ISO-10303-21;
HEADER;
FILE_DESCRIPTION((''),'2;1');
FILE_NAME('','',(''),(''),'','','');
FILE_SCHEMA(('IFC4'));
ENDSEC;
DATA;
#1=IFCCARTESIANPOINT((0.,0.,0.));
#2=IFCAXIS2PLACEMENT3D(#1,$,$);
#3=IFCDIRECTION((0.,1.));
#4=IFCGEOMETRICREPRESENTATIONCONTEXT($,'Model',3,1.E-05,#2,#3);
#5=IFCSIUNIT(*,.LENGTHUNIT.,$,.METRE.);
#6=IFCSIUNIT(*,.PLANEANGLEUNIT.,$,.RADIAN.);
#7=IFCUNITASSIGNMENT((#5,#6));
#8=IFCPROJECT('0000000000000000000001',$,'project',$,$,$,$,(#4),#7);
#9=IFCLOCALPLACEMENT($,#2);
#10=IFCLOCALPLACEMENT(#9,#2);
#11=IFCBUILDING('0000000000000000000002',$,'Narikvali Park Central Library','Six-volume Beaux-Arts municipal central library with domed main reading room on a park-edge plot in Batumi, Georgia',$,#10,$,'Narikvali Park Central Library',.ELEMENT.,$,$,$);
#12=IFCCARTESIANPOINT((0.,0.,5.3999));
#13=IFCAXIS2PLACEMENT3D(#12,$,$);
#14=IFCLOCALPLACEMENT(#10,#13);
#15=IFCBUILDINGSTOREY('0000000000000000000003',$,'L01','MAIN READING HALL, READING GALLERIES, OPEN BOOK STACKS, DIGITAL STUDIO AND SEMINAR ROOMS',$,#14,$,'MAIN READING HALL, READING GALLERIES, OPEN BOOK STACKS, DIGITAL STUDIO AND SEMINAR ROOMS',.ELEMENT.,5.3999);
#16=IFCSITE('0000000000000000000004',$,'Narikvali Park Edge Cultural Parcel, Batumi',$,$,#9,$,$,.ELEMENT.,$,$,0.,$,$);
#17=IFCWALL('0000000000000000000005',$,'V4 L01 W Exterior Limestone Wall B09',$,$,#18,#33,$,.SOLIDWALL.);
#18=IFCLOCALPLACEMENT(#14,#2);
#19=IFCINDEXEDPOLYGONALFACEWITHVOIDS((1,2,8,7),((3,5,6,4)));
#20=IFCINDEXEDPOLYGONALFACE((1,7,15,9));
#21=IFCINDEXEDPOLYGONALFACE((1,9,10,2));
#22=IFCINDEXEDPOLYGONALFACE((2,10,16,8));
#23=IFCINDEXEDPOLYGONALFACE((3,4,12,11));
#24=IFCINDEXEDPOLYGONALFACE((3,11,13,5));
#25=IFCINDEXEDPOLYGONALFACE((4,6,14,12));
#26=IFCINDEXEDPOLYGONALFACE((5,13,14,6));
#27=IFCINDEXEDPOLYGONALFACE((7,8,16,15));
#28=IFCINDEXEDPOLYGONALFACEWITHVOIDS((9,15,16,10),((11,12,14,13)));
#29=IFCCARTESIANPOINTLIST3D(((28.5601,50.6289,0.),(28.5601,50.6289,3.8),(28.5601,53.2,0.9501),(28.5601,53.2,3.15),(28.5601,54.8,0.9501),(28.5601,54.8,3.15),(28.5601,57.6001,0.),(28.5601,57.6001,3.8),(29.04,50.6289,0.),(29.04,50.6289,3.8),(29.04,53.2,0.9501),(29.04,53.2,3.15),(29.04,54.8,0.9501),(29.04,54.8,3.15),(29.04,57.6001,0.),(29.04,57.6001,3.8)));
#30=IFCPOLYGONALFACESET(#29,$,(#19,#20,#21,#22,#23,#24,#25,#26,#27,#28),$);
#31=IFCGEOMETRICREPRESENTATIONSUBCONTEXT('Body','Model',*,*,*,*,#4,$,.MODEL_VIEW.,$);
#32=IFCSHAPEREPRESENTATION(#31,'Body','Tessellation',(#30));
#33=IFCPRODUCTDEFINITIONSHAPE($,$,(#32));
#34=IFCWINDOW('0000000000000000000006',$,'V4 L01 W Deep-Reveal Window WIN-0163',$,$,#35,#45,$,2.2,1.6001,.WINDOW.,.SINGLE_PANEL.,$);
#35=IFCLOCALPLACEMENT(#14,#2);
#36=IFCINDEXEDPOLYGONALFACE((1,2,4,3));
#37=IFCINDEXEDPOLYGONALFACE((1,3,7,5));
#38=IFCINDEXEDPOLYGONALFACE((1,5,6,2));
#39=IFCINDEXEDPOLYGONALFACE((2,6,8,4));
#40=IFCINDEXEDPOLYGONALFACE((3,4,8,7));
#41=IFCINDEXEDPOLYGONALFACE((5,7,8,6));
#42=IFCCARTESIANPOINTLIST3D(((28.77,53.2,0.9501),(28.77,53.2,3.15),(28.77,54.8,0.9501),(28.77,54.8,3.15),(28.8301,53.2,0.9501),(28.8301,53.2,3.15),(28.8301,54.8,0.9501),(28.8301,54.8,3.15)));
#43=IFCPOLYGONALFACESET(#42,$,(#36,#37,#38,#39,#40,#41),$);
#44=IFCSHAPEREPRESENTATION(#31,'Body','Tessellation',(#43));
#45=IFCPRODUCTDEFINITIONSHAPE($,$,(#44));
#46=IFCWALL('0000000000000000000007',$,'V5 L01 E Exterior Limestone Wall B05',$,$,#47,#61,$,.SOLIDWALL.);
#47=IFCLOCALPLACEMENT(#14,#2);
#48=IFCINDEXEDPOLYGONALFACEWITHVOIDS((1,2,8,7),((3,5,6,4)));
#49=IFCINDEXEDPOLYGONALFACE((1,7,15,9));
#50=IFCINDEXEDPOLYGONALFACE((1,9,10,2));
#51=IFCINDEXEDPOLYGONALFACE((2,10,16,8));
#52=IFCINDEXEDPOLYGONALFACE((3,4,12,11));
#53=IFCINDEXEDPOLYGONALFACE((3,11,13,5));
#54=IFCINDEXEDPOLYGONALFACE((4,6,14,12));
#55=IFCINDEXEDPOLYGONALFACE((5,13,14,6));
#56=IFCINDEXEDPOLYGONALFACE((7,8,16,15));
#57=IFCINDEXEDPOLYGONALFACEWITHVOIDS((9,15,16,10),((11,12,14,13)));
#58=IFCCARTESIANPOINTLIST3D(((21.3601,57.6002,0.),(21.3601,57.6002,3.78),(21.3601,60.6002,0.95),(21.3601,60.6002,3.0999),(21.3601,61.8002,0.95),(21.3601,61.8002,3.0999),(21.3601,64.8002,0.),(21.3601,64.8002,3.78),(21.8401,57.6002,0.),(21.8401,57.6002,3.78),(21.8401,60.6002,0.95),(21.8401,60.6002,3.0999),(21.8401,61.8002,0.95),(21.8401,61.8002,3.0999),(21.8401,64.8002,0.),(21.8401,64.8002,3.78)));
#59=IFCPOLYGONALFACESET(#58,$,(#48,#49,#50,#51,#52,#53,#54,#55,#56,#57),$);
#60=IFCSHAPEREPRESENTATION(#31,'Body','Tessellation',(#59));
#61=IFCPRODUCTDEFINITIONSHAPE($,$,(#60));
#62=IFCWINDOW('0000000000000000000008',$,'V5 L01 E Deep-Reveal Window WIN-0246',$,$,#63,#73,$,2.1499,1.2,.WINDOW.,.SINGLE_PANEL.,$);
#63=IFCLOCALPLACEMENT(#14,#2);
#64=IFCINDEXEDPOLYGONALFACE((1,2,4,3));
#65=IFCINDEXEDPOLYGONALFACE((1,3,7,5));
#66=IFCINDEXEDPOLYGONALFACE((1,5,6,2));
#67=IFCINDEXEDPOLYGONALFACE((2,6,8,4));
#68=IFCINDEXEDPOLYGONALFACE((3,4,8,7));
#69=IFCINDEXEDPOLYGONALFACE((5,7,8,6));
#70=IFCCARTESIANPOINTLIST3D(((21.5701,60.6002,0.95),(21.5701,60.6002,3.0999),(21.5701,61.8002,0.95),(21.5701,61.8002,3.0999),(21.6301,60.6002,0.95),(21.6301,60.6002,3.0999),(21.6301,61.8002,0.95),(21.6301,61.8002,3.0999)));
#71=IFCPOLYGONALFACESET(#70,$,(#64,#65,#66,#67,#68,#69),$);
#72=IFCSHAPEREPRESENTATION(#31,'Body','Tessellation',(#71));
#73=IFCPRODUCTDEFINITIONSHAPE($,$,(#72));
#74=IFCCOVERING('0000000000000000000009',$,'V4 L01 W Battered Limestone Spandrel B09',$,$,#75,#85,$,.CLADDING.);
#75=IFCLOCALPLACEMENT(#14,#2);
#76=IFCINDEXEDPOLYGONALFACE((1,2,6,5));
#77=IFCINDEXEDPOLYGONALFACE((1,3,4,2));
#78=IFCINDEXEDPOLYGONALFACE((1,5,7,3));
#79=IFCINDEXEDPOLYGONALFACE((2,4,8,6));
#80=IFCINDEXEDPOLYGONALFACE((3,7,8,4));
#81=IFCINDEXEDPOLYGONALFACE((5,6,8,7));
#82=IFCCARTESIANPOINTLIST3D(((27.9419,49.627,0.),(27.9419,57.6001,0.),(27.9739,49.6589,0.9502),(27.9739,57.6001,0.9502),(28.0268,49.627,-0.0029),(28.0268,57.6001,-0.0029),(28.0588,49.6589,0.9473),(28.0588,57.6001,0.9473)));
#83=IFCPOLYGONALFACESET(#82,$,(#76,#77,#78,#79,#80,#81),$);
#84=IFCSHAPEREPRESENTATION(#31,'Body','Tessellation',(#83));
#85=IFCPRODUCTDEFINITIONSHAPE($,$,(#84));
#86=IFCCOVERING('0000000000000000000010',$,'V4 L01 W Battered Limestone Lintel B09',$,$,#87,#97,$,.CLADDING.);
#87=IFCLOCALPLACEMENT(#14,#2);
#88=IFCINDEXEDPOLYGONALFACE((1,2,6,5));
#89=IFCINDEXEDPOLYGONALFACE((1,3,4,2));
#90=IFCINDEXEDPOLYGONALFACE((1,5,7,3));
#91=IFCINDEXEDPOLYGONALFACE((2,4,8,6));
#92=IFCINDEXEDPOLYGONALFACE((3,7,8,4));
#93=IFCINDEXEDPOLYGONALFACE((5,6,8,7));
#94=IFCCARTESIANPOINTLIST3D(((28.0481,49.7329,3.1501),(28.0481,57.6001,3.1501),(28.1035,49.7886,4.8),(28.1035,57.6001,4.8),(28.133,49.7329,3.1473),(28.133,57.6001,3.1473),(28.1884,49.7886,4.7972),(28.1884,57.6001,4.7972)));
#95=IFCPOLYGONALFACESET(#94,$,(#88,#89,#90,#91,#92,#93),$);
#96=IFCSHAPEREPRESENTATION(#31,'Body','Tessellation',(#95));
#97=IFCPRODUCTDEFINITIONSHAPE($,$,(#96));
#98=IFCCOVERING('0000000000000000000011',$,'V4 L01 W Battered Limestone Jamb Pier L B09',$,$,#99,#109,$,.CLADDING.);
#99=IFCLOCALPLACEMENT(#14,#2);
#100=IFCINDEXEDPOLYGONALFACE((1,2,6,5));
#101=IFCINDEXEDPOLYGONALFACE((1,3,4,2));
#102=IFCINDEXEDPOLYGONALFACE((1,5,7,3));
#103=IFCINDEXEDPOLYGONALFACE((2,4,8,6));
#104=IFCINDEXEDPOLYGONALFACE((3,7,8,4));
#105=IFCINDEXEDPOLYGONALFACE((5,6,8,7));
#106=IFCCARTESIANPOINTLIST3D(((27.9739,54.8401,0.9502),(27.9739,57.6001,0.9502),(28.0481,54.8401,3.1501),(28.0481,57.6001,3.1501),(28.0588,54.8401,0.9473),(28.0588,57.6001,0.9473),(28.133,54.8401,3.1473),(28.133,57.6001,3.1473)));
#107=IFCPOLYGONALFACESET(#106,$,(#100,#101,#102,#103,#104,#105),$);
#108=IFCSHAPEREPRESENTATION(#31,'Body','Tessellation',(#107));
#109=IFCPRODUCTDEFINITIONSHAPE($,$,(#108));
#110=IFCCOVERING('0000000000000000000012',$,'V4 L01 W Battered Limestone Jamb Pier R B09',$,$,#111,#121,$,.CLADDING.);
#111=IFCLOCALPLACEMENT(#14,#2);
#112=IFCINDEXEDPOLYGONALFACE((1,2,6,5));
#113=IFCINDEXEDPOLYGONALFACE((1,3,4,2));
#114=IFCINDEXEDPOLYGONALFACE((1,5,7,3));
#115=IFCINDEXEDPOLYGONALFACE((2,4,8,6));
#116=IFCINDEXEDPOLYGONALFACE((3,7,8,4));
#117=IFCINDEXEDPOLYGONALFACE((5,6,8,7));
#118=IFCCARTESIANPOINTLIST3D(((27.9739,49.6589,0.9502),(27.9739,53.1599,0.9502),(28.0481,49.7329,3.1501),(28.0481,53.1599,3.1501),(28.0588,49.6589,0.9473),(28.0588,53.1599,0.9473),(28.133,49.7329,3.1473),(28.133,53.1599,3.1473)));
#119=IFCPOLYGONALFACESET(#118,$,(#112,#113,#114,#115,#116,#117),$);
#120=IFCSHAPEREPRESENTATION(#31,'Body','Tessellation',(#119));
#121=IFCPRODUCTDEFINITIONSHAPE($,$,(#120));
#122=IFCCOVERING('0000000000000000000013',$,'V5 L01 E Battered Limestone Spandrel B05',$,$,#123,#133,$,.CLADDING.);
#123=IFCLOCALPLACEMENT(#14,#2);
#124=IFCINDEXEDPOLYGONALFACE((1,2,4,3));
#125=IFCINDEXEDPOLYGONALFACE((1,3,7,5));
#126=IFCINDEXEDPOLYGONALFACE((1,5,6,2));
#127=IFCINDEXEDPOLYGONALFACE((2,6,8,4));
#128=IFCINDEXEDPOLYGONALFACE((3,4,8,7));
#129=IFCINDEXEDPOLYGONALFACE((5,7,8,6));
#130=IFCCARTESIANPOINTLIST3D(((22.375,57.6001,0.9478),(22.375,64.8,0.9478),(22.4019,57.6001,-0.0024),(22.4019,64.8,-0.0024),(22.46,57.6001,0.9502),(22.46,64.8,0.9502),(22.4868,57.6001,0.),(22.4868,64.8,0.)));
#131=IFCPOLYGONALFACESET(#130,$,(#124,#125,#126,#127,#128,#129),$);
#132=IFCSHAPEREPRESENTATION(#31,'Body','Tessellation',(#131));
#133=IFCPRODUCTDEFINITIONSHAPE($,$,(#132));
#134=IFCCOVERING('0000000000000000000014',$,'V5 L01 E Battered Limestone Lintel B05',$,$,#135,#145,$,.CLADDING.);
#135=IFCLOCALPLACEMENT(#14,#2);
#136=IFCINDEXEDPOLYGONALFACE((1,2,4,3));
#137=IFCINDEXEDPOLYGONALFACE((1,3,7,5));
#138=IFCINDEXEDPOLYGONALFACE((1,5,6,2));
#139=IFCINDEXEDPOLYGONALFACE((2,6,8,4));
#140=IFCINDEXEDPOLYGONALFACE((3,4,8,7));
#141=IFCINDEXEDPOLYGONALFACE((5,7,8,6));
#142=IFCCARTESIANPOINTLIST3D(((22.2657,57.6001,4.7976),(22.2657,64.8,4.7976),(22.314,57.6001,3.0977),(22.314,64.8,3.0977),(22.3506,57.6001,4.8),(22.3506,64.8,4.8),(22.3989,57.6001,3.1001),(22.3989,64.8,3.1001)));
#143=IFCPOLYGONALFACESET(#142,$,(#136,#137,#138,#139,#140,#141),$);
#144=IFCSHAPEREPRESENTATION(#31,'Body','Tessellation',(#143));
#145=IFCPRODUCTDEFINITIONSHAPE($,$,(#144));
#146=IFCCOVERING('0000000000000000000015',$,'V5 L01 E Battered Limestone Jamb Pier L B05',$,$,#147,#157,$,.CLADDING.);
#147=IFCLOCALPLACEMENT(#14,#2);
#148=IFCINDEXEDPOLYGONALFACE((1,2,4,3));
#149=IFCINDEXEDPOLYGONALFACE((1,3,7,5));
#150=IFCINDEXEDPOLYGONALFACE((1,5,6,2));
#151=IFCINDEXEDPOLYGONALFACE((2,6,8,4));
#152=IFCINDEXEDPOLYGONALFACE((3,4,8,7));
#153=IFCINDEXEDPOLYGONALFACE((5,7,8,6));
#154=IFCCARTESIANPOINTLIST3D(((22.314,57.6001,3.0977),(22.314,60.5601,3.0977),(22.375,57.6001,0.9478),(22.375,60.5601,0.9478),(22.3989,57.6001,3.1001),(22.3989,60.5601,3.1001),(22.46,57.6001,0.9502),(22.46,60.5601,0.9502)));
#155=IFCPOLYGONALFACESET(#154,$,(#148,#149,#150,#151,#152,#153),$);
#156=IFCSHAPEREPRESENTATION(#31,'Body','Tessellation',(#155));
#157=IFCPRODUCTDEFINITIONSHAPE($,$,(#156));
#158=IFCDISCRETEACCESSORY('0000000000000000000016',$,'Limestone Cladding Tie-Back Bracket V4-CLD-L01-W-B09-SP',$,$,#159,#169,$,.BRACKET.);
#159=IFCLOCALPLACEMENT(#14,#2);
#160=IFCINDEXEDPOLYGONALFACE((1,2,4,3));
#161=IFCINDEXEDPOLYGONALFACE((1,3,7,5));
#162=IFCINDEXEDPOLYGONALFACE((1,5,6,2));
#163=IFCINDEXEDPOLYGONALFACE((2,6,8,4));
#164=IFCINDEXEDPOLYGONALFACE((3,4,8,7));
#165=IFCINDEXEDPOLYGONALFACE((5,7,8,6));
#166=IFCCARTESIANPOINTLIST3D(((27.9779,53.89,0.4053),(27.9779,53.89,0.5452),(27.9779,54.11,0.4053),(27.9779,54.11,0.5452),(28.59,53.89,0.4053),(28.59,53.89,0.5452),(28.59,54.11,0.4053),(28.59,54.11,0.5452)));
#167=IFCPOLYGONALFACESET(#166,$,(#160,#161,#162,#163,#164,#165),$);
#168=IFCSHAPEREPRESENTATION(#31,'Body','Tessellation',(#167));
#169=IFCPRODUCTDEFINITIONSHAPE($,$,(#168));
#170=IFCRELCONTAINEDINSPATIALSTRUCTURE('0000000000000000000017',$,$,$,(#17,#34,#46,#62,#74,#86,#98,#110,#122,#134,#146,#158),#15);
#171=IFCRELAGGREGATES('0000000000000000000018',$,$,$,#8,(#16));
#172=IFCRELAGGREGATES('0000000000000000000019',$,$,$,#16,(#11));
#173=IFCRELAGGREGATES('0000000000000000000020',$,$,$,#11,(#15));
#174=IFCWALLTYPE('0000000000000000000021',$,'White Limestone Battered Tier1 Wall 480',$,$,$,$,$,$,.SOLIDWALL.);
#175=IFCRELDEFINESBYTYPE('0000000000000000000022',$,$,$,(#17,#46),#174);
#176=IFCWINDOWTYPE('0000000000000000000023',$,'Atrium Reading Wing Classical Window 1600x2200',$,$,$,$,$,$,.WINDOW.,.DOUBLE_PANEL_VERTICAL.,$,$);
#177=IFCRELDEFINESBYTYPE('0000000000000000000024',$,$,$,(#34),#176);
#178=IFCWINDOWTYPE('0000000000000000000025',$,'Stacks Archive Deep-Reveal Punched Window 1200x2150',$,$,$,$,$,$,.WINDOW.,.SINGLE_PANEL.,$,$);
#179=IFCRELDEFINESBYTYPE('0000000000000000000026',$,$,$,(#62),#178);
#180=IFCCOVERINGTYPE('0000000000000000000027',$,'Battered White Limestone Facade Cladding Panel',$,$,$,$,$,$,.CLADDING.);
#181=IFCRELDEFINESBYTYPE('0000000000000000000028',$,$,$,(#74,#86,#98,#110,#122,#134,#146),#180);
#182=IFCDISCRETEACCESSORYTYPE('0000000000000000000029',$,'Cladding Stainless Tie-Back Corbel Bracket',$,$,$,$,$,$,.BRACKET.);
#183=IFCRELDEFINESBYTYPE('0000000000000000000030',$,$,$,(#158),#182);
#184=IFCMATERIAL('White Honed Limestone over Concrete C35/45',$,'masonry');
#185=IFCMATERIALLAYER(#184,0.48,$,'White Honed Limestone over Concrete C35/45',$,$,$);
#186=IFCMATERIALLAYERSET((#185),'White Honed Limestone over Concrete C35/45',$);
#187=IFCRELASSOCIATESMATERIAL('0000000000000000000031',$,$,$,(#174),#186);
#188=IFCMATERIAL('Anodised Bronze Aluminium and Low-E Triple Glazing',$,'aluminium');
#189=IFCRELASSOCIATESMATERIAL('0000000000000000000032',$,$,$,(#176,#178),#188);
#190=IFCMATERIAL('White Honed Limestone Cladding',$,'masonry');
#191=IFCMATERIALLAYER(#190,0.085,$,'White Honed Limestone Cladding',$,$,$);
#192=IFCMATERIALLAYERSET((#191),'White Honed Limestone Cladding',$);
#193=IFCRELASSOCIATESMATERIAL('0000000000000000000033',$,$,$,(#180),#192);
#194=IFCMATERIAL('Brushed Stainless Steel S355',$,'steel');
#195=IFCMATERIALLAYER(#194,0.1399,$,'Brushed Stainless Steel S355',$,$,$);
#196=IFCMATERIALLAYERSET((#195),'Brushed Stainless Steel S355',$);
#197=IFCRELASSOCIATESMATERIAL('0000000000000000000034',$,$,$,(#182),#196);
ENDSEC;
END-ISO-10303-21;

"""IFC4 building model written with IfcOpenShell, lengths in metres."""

from ifc_helpers import new_model, si_unit, direction, frame, frame_2d, origin, origin_2d, place, context, subcontext, project, spatial, polyline, rectangle, outline, extrude, material, layer, layer_set, type_object, element, fill, save


model = new_model("IFC4")

# Units and contexts
model_context = context("Model", 3, precision=1e-05, world=origin(), true_north=direction((0.0, 1.0)))
body_context = subcontext(model_context, "Body", "Model", "MODEL_VIEW")
ifc_project = project(units=[si_unit("LENGTHUNIT", "METRE"), si_unit("PLANEANGLEUNIT", "RADIAN")], contexts=[model_context])

# Site, building, storey
site_placement = place(None, origin())
site = spatial("IfcSite", under=ifc_project, at=site_placement, Name="Narikvali Park Edge Cultural Parcel, Batumi", CompositionType="ELEMENT", RefElevation=0.0)
building_placement = place(site_placement, origin())
building = spatial("IfcBuilding", under=site, at=building_placement, Name="Narikvali Park Central Library", Description="Six-volume Beaux-Arts municipal central library with domed main reading room on a park-edge plot in Batumi, Georgia", LongName="Narikvali Park Central Library", CompositionType="ELEMENT")
storey_placement = place(building_placement, frame((0.0, 0.0, 5.3999)))
storey = spatial("IfcBuildingStorey", under=building, at=storey_placement, Name="L01", Description="MAIN READING HALL, READING GALLERIES, OPEN BOOK STACKS, DIGITAL STUDIO AND SEMINAR ROOMS", LongName="MAIN READING HALL, READING GALLERIES, OPEN BOOK STACKS, DIGITAL STUDIO AND SEMINAR ROOMS", CompositionType="ELEMENT", Elevation=5.3999)

# Walls, openings, windows
ifc_material_1 = material(Name="White Honed Limestone over Concrete C35/45", Category="masonry")
ifc_layer_1 = layer(ifc_material_1, 0.48, Name="White Honed Limestone over Concrete C35/45")
ifc_layer_set_1 = layer_set([ifc_layer_1], Name="White Honed Limestone over Concrete C35/45")
wall_type = type_object("IfcWallType", Name="White Limestone Battered Tier1 Wall 480", PredefinedType="SOLIDWALL", material=ifc_layer_set_1)
wall_1_placement = place(storey_placement, frame((28.8, 57.6001, 0.0), z_axis=(0.0, 0.0, 1.0), x_axis=(0.0, -1.0, 0.0)))
wall_1 = element("IfcWall", 1, at=wall_1_placement, inside=storey, type_object=wall_type, Name="V4 L01 W Exterior Limestone Wall B09", PredefinedType="SOLIDWALL", context=body_context, shape_type="SweptSolid", body=[
    extrude(rectangle(XDim=6.9712, YDim=0.48, at=frame_2d((3.4856, 0.0))), origin(), (0.0, 0.0, 1.0), 3.8),
])
opening_1_placement = place(wall_1_placement, frame((2.8, 0.0, 0.95)))
opening_1 = element("IfcOpeningElement", 2, at=opening_1_placement, cuts=wall_1, PredefinedType="OPENING", context=body_context, shape_type="SweptSolid", body=[
    extrude(rectangle(XDim=1.6001, YDim=2.2, at=frame_2d((0.8, 1.1001))), frame((0.0, 0.252, 0.0), z_axis=(0.0, -1.0, 0.0), x_axis=(1.0, 0.0, 0.0)), (0.0, 0.0, 1.0), 0.5039),
])
ifc_material_2 = material(Name="Anodised Bronze Aluminium and Low-E Triple Glazing", Category="aluminium")
window_type_1 = type_object("IfcWindowType", Name="Atrium Reading Wing Classical Window 1600x2200", PartitioningType="DOUBLE_PANEL_VERTICAL", PredefinedType="WINDOW", material=ifc_material_2)
window_1_placement = place(opening_1_placement, origin())
window_1 = element("IfcWindow", 3, at=window_1_placement, inside=storey, type_object=window_type_1, Name="V4 L01 W Deep-Reveal Window WIN-0163", OverallHeight=2.2, OverallWidth=1.6001, PartitioningType="SINGLE_PANEL", PredefinedType="WINDOW", context=body_context, shape_type="SweptSolid", body=[
    extrude(rectangle(XDim=1.6001, YDim=2.2, at=frame_2d((0.8, 1.1001))), frame((0.0, 0.03, 0.0), z_axis=(0.0, -1.0, 0.0), x_axis=(1.0, 0.0, 0.0)), (0.0, 0.0, 1.0), 0.0601),
])
fill(opening_1, window_1)
wall_2_placement = place(storey_placement, frame((21.6001, 57.6001, 0.0), z_axis=(0.0, 0.0, 1.0), x_axis=(0.0, 1.0, 0.0)))
wall_2 = element("IfcWall", 4, at=wall_2_placement, inside=storey, type_object=wall_type, Name="V5 L01 E Exterior Limestone Wall B05", PredefinedType="SOLIDWALL", context=body_context, shape_type="SweptSolid", body=[
    extrude(rectangle(XDim=7.2, YDim=0.48, at=frame_2d((3.6001, 0.0))), origin(), (0.0, 0.0, 1.0), 3.78),
])
opening_2_placement = place(wall_2_placement, frame((3.0, 0.0, 0.95)))
opening_2 = element("IfcOpeningElement", 5, at=opening_2_placement, cuts=wall_2, PredefinedType="OPENING", context=body_context, shape_type="SweptSolid", body=[
    extrude(rectangle(XDim=1.2, YDim=2.1499, at=frame_2d((0.6001, 1.075))), frame((0.0, 0.252, 0.0), z_axis=(0.0, -1.0, 0.0), x_axis=(1.0, 0.0, 0.0)), (0.0, 0.0, 1.0), 0.5039),
])
window_type_2 = type_object("IfcWindowType", Name="Stacks Archive Deep-Reveal Punched Window 1200x2150", PartitioningType="SINGLE_PANEL", PredefinedType="WINDOW", material=ifc_material_2)
window_2_placement = place(opening_2_placement, origin())
window_2 = element("IfcWindow", 6, at=window_2_placement, inside=storey, type_object=window_type_2, Name="V5 L01 E Deep-Reveal Window WIN-0246", OverallHeight=2.1499, OverallWidth=1.2, PartitioningType="SINGLE_PANEL", PredefinedType="WINDOW", context=body_context, shape_type="SweptSolid", body=[
    extrude(rectangle(XDim=1.2, YDim=2.1499, at=frame_2d((0.6001, 1.075))), frame((0.0, 0.03, 0.0), z_axis=(0.0, -1.0, 0.0), x_axis=(1.0, 0.0, 0.0)), (0.0, 0.0, 1.0), 0.0601),
])
fill(opening_2, window_2)

# Coverings
ifc_material_3 = material(Name="White Honed Limestone Cladding", Category="masonry")
ifc_layer_2 = layer(ifc_material_3, 0.085, Name="White Honed Limestone Cladding")
ifc_layer_set_2 = layer_set([ifc_layer_2], Name="White Honed Limestone Cladding")
covering_type = type_object("IfcCoveringType", Name="Battered White Limestone Facade Cladding Panel", PredefinedType="CLADDING", material=ifc_layer_set_2)
covering_1_placement = place(storey_placement, frame((27.9419, 57.6001, 0.0), z_axis=(-0.999434, 0.0, 0.03364), x_axis=(0.0, -1.0, 0.0)))
element("IfcCovering", 7, at=covering_1_placement, inside=storey, type_object=covering_type, Name="V4 L01 W Battered Limestone Spandrel B09", PredefinedType="CLADDING", context=body_context, shape_type="SweptSolid", body=[
    extrude(outline(polyline([(0.0, 0.0), (7.9731, 0.0), (7.9412, 0.9507), (0.0, 0.9507), (0.0, 0.0)])), origin(), (0.0, 0.0, -1.0), 0.085),
])
covering_2_placement = place(storey_placement, frame((28.0481, 57.6001, 3.1501), z_axis=(-0.999436, 0.0, 0.033571), x_axis=(0.0, -1.0, 0.0)))
element("IfcCovering", 8, at=covering_2_placement, inside=storey, type_object=covering_type, Name="V4 L01 W Battered Limestone Lintel B09", PredefinedType="CLADDING", context=body_context, shape_type="SweptSolid", body=[
    extrude(outline(polyline([(0.0, 0.0), (7.8672, 0.0), (7.8115, 1.6508), (0.0, 1.6508), (0.0, 0.0)])), origin(), (0.0, 0.0, -1.0), 0.085),
])
covering_3_placement = place(storey_placement, frame((27.9739, 57.6001, 0.9502), z_axis=(-0.999431, 0.0, 0.033717), x_axis=(0.0, -1.0, 0.0)))
element("IfcCovering", 9, at=covering_3_placement, inside=storey, type_object=covering_type, Name="V4 L01 W Battered Limestone Jamb Pier L B09", PredefinedType="CLADDING", context=body_context, shape_type="SweptSolid", body=[
    extrude(outline(polyline([(0.0, 0.0), (2.76, 0.0), (2.76, 2.2012), (0.0, 2.2012), (0.0, 0.0)])), origin(), (0.0, 0.0, -1.0), 0.085),
])
covering_4_placement = place(storey_placement, frame((27.9739, 53.1599, 0.9502), z_axis=(-0.999431, 0.0, 0.033717), x_axis=(0.0, -1.0, 0.0)))
element("IfcCovering", 10, at=covering_4_placement, inside=storey, type_object=covering_type, Name="V4 L01 W Battered Limestone Jamb Pier R B09", PredefinedType="CLADDING", context=body_context, shape_type="SweptSolid", body=[
    extrude(outline(polyline([(0.0, 0.0), (3.501, 0.0), (3.427, 2.2012), (0.0, 2.2012), (0.0, 0.0)])), origin(), (0.0, 0.0, -1.0), 0.085),
])
covering_5_placement = place(storey_placement, frame((22.4868, 57.6001, 0.0), z_axis=(0.999601, 0.0, 0.028252), x_axis=(0.0, 1.0, 0.0)))
element("IfcCovering", 11, at=covering_5_placement, inside=storey, type_object=covering_type, Name="V5 L01 E Battered Limestone Spandrel B05", PredefinedType="CLADDING", context=body_context, shape_type="SweptSolid", body=[
    extrude(outline(polyline([(0.0, 0.0), (7.2, 0.0), (7.2, 0.9506), (0.0, 0.9506), (0.0, 0.0)])), origin(), (0.0, 0.0, -1.0), 0.085),
])
covering_6_placement = place(storey_placement, frame((22.3989, 57.6001, 3.1001), z_axis=(0.999596, 0.0, 0.028425), x_axis=(0.0, 1.0, 0.0)))
element("IfcCovering", 12, at=covering_6_placement, inside=storey, type_object=covering_type, Name="V5 L01 E Battered Limestone Lintel B05", PredefinedType="CLADDING", context=body_context, shape_type="SweptSolid", body=[
    extrude(outline(polyline([(0.0, 0.0), (7.2, 0.0), (7.2, 1.7006), (0.0, 1.7006), (0.0, 0.0)])), origin(), (0.0, 0.0, -1.0), 0.085),
])
covering_7_placement = place(storey_placement, frame((22.46, 57.6001, 0.9502), z_axis=(0.999597, 0.0, 0.028378), x_axis=(0.0, 1.0, 0.0)))
element("IfcCovering", 13, at=covering_7_placement, inside=storey, type_object=covering_type, Name="V5 L01 E Battered Limestone Jamb Pier L B05", PredefinedType="CLADDING", context=body_context, shape_type="SweptSolid", body=[
    extrude(outline(polyline([(0.0, 0.0), (2.96, 0.0), (2.96, 2.1508), (0.0, 2.1508), (0.0, 0.0)])), origin(), (0.0, 0.0, -1.0), 0.085),
])

# Discrete accessory
ifc_material_4 = material(Name="Brushed Stainless Steel S355", Category="steel")
ifc_layer_3 = layer(ifc_material_4, 0.1399, Name="Brushed Stainless Steel S355")
ifc_layer_set_3 = layer_set([ifc_layer_3], Name="Brushed Stainless Steel S355")
discrete_accessory_type = type_object("IfcDiscreteAccessoryType", Name="Cladding Stainless Tie-Back Corbel Bracket", PredefinedType="BRACKET", material=ifc_layer_set_3)
discrete_accessory_1_placement = place(storey_placement, frame((28.2839, 54.0, 0.4053), z_axis=(0.0, 0.0, 1.0), x_axis=(1.0, 0.0, 0.0)))
element("IfcDiscreteAccessory", 14, at=discrete_accessory_1_placement, inside=storey, type_object=discrete_accessory_type, Name="Limestone Cladding Tie-Back Bracket V4-CLD-L01-W-B09-SP", PredefinedType="BRACKET", context=body_context, shape_type="SweptSolid", body=[
    extrude(rectangle(XDim=0.6121, YDim=0.22, at=origin_2d()), origin(), (0.0, 0.0, 1.0), 0.1399),
])

save(model, "model.ifc")
